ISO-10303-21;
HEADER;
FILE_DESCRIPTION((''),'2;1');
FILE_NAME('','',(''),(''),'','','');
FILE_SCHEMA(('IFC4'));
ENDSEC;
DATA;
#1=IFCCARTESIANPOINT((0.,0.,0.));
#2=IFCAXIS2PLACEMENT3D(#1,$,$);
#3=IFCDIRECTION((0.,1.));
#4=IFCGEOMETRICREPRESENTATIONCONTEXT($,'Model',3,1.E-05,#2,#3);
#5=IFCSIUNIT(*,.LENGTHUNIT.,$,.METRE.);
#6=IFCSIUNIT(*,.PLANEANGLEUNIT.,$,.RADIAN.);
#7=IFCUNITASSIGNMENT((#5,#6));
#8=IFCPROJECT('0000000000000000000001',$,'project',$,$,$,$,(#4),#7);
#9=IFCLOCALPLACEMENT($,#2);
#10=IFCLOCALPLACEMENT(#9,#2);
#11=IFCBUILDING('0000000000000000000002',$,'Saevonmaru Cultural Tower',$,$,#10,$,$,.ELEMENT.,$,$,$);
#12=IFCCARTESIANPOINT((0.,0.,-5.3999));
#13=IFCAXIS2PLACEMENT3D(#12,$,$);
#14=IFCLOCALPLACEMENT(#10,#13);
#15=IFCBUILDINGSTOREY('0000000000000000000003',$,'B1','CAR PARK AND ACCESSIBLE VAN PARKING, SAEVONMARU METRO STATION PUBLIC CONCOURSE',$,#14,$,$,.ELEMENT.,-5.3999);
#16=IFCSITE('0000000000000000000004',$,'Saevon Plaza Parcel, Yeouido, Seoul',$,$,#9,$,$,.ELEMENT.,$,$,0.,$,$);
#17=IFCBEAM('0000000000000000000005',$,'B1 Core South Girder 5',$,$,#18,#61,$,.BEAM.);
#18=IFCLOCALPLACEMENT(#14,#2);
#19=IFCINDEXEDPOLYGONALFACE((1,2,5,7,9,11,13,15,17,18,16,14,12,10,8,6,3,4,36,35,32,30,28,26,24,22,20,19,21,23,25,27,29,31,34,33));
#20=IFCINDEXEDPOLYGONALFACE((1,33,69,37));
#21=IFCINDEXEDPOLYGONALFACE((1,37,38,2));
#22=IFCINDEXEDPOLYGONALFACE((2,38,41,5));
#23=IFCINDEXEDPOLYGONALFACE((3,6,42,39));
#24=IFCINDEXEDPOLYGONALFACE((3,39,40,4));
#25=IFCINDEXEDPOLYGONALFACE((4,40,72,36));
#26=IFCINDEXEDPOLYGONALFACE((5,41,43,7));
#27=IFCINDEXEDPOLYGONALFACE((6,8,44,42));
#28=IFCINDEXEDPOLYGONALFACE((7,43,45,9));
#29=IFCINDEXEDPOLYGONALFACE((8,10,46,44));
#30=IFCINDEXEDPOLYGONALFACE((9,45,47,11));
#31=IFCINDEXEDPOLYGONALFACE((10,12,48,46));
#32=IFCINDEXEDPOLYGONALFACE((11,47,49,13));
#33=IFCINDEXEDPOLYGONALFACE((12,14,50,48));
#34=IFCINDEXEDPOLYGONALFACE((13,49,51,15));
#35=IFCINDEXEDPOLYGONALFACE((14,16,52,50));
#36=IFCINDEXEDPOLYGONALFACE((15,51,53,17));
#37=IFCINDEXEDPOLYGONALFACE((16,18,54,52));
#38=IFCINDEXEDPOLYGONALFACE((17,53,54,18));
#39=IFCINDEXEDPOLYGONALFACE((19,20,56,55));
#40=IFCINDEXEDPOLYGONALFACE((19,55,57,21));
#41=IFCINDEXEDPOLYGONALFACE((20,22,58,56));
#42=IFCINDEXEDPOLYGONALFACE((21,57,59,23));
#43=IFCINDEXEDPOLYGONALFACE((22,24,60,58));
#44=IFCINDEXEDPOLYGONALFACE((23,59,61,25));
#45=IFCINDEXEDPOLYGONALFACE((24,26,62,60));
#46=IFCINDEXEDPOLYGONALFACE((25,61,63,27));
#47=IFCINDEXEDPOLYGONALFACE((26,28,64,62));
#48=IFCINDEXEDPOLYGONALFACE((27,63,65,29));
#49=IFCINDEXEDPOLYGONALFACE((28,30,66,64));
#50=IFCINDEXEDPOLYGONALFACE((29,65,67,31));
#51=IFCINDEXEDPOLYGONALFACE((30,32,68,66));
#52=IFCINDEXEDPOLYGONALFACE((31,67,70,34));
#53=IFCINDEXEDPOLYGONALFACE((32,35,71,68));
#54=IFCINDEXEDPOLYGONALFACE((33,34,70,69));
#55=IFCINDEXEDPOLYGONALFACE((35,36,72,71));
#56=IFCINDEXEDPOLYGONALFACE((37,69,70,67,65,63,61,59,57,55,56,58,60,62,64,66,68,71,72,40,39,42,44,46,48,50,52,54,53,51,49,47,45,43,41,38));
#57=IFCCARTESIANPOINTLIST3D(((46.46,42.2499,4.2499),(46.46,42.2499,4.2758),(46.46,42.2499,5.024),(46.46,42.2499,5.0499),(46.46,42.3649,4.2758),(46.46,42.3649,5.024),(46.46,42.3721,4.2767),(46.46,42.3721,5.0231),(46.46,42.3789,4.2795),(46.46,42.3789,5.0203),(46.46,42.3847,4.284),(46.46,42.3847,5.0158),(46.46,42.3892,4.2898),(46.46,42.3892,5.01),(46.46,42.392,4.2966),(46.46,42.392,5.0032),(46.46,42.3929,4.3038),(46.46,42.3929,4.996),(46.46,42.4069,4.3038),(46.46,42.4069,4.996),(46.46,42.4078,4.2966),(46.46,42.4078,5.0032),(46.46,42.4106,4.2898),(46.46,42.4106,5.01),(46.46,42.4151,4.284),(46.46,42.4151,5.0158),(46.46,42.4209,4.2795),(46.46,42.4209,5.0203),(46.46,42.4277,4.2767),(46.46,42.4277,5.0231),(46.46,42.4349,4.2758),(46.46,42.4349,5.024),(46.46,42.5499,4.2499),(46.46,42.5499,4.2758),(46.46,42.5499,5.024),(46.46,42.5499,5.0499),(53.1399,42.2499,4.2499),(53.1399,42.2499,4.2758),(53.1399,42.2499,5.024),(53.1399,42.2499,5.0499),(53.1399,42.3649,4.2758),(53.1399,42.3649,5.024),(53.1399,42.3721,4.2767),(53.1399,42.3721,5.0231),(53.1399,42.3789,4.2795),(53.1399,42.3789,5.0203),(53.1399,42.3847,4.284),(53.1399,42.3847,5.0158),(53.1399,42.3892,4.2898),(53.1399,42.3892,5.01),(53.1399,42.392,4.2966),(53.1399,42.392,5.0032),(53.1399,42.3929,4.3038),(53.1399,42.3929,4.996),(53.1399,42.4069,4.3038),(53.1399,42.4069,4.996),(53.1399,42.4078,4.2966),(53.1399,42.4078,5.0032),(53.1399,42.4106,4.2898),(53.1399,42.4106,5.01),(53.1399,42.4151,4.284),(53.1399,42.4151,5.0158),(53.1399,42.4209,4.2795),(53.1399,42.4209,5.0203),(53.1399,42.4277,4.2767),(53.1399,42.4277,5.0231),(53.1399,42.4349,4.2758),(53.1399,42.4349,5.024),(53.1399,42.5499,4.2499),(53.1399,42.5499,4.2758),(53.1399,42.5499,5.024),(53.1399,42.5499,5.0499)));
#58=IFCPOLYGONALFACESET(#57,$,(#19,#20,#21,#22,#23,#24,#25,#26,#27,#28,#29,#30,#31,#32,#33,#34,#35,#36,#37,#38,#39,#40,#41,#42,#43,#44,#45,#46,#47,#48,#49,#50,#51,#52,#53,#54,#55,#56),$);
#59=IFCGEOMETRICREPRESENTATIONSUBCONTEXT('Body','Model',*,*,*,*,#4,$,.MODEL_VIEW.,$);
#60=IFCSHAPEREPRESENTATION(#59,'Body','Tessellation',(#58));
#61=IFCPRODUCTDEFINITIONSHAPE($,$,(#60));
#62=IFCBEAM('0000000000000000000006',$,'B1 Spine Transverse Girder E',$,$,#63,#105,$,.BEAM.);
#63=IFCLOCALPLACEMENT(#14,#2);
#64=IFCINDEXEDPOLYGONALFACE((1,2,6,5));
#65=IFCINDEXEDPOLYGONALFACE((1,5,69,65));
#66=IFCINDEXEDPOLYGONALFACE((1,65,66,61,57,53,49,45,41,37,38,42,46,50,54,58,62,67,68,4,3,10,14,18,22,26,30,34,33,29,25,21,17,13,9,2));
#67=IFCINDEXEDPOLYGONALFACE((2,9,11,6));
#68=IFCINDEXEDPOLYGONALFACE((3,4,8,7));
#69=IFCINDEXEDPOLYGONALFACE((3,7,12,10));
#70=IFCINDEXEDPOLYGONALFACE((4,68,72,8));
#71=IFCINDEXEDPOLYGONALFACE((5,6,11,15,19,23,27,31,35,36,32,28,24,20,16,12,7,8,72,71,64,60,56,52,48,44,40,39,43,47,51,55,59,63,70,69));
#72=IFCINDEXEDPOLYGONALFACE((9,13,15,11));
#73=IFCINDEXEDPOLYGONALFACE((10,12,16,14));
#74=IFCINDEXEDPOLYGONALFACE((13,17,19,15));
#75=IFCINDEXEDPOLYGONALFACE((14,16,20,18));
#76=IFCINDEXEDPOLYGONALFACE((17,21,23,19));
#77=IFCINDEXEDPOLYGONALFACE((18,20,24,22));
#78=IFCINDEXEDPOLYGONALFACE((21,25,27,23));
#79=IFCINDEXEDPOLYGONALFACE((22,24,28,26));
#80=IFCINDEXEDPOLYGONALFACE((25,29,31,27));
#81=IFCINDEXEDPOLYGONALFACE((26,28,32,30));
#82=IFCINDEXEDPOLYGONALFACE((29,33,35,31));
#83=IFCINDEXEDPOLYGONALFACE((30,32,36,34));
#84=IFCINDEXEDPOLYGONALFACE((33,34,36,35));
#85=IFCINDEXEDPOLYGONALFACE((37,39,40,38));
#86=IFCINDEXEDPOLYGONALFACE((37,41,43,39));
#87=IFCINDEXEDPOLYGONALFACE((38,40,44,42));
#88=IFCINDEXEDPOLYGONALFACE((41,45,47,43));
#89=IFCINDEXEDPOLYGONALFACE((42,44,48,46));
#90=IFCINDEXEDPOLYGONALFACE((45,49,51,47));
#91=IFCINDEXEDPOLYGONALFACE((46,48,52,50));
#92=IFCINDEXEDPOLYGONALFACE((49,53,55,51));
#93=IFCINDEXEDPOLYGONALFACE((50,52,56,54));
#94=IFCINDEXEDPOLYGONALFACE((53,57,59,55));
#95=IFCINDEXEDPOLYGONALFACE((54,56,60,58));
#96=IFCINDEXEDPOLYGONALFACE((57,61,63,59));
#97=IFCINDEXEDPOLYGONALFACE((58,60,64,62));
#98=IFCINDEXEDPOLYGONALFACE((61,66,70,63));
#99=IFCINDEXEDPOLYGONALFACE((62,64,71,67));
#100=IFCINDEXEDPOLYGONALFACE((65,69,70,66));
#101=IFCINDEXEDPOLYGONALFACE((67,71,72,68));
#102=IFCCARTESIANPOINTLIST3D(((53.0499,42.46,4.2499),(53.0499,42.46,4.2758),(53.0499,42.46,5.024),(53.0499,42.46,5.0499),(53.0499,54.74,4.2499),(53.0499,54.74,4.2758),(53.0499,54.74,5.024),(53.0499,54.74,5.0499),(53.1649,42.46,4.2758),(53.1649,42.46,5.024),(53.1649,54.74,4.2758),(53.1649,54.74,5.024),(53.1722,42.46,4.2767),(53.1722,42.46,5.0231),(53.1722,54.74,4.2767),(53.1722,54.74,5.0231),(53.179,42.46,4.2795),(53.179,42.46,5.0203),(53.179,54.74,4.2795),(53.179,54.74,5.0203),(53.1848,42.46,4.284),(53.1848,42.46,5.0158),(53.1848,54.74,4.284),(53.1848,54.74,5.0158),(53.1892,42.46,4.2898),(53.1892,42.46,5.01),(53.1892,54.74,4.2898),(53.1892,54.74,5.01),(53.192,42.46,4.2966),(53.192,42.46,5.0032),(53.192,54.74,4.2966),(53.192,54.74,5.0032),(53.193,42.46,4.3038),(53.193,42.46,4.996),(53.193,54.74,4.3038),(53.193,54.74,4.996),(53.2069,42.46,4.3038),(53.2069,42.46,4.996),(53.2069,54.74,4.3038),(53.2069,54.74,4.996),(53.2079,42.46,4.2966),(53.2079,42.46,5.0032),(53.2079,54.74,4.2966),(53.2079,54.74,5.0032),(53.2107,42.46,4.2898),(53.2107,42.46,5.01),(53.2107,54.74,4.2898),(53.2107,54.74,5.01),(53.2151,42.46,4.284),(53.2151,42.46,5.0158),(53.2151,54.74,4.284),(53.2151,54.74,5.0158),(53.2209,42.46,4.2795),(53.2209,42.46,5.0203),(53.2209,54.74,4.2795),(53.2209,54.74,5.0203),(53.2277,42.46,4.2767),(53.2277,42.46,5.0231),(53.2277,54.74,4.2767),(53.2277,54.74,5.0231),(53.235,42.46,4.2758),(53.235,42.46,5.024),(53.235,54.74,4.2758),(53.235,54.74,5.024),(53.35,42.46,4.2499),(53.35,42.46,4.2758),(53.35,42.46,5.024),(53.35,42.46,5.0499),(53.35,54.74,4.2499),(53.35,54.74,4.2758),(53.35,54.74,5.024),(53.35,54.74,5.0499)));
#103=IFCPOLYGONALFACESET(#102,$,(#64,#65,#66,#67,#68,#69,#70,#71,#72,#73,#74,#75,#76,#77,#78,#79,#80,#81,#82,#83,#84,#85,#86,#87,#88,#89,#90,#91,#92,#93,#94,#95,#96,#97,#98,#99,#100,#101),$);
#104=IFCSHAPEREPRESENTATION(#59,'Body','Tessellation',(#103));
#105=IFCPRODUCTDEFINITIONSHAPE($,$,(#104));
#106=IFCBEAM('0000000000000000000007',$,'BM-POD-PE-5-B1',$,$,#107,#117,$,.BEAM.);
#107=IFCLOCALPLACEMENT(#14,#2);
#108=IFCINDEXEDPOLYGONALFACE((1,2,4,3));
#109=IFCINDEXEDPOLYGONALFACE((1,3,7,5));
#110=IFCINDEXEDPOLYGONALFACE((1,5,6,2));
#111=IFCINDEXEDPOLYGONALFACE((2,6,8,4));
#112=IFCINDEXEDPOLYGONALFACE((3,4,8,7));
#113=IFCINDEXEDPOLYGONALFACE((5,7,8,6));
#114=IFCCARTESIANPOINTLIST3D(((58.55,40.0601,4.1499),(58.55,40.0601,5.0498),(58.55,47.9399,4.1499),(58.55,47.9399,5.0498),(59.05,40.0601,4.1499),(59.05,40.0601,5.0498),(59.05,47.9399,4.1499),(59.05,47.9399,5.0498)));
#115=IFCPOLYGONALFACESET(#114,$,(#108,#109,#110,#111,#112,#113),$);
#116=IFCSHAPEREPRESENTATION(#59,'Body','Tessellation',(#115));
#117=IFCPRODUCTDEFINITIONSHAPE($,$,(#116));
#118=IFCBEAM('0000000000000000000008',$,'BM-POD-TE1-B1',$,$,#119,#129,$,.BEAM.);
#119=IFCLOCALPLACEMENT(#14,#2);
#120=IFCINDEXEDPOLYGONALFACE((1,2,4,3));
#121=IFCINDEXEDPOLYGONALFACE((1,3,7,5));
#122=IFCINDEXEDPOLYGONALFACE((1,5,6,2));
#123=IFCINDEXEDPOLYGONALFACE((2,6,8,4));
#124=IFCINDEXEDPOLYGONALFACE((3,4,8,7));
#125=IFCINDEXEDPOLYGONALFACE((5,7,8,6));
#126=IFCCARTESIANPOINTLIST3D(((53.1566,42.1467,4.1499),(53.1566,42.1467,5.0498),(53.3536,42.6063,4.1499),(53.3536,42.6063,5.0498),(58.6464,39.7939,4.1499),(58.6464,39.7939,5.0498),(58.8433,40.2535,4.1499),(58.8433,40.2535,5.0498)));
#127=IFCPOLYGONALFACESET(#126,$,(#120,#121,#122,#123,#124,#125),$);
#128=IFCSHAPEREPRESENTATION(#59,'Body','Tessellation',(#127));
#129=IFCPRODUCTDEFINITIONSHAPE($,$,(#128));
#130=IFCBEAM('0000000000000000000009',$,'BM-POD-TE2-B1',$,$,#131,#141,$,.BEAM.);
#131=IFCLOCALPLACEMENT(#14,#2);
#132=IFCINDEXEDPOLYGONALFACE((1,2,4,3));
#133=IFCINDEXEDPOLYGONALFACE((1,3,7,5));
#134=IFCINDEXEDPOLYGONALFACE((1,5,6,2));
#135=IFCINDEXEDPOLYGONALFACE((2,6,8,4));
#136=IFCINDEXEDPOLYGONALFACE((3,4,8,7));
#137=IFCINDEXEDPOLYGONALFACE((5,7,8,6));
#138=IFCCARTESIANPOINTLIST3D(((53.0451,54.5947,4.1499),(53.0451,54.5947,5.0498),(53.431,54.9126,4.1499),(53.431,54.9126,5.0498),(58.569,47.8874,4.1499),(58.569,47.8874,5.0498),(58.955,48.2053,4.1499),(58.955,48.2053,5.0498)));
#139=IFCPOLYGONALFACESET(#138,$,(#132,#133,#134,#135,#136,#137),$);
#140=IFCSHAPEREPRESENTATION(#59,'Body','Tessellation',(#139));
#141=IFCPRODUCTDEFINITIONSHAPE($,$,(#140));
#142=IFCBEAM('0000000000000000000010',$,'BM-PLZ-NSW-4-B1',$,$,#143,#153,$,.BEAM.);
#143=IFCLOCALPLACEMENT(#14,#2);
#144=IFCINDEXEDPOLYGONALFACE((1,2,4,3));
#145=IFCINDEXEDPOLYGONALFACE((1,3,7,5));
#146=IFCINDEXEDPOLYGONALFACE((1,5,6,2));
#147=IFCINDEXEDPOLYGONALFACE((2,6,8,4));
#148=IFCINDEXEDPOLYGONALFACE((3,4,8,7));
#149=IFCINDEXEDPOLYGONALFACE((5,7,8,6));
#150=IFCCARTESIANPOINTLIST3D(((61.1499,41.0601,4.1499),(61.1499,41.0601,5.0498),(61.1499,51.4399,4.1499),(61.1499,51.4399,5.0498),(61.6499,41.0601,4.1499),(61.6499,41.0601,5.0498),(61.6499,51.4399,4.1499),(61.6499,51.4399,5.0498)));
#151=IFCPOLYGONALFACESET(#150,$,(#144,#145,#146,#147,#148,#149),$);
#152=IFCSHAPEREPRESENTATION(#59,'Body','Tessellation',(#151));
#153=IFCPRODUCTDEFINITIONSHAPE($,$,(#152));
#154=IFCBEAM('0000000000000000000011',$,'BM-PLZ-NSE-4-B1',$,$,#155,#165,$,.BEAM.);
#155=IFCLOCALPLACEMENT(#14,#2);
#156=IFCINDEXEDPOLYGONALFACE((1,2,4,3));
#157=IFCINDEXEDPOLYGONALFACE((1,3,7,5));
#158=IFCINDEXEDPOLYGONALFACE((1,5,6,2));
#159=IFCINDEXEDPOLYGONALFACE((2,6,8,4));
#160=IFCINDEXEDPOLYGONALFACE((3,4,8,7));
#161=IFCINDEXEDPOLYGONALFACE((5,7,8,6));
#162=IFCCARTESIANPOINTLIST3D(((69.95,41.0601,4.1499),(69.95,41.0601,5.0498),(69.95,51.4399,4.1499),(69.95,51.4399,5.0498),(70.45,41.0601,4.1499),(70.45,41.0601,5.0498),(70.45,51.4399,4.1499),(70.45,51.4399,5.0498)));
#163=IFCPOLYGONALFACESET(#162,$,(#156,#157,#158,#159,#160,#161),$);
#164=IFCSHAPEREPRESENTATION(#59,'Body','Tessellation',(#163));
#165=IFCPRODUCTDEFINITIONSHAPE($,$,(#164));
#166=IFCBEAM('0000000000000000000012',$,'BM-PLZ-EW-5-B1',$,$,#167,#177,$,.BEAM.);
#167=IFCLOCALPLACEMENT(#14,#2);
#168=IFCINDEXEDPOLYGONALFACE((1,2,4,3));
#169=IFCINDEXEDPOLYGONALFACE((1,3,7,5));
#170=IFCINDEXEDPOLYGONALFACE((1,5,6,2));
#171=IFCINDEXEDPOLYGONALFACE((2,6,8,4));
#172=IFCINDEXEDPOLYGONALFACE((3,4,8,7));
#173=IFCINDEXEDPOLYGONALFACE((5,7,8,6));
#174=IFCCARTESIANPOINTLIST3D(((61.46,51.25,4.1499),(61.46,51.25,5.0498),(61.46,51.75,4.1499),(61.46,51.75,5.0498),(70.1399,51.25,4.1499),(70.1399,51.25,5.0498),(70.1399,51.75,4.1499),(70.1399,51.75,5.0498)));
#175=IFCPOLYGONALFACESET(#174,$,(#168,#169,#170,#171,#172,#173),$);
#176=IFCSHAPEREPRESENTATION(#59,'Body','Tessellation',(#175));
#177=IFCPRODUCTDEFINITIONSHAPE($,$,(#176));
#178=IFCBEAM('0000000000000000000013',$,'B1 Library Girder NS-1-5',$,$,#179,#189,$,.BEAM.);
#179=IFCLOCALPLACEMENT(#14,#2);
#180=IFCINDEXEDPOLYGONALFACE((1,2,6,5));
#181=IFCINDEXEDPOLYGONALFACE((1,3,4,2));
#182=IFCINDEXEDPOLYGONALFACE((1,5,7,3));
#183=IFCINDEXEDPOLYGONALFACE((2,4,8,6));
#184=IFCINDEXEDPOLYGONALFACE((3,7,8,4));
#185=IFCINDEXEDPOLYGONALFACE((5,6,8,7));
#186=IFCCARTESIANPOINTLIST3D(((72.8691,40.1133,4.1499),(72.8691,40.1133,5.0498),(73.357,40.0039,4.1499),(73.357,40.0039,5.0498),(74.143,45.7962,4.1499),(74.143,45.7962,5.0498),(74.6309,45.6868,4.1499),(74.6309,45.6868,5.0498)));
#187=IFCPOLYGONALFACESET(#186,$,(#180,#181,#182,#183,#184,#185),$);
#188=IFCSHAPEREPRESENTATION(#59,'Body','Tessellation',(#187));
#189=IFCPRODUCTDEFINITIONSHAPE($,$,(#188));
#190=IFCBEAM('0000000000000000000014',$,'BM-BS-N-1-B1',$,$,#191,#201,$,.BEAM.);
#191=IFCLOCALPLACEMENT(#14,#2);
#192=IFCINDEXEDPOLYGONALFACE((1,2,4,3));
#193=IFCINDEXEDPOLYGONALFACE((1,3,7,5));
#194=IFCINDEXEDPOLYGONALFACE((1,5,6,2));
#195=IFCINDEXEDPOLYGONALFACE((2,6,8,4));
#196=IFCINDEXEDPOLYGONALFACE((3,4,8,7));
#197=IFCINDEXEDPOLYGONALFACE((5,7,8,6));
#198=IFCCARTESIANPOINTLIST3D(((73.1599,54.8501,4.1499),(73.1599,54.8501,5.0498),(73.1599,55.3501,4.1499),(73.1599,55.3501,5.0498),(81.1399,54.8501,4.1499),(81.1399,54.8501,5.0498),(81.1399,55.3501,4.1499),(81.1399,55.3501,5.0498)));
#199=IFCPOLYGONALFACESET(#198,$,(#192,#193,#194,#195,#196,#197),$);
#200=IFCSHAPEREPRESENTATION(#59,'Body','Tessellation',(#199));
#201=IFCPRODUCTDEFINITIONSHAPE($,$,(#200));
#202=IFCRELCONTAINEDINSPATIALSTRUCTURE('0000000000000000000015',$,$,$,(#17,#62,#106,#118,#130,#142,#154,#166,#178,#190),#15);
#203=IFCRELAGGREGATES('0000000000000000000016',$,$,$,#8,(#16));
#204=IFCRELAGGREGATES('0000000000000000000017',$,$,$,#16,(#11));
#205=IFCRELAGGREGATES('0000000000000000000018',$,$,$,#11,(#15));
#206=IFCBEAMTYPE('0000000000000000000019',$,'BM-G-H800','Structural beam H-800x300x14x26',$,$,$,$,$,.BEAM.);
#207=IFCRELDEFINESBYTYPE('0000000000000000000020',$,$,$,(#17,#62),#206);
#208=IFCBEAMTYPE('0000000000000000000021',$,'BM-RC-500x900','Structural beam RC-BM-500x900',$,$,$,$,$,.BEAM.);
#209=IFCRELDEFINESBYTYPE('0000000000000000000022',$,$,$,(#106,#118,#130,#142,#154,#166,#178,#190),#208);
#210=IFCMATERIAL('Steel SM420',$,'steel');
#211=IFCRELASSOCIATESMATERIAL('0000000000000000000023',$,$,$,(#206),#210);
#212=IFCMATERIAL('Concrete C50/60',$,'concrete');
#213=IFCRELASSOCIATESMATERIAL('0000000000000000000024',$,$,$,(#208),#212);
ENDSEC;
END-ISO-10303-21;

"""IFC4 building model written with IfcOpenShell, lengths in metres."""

from ifc_helpers import new_model, si_unit, direction, frame, origin, origin_2d, place, context, subcontext, project, spatial, rectangle, i_section, extrude, material, material_profile, profile_set, type_object, element, save


model = new_model("IFC4")

# Units and contexts
model_context = context("Model", 3, precision=1e-05, world=origin(), true_north=direction((0.0, 1.0)))
body_context = subcontext(model_context, "Body", "Model", "MODEL_VIEW")
ifc_project = project(units=[si_unit("LENGTHUNIT", "METRE"), si_unit("PLANEANGLEUNIT", "RADIAN")], contexts=[model_context])

# Site, building, storey
site_placement = place(None, origin())
site = spatial("IfcSite", under=ifc_project, at=site_placement, Name="Saevon Plaza Parcel, Yeouido, Seoul", CompositionType="ELEMENT", RefElevation=0.0)
building_placement = place(site_placement, origin())
building = spatial("IfcBuilding", under=site, at=building_placement, Name="Saevonmaru Cultural Tower", CompositionType="ELEMENT")
storey_placement = place(building_placement, frame((0.0, 0.0, -5.3999)))
storey = spatial("IfcBuildingStorey", under=building, at=storey_placement, Name="B1", Description="CAR PARK AND ACCESSIBLE VAN PARKING, SAEVONMARU METRO STATION PUBLIC CONCOURSE", CompositionType="ELEMENT", Elevation=-5.3999)

# Shared definitions
ifc_material_1 = material(Name="Concrete C50/60", Category="concrete")

# Beams
ifc_material_2 = material(Name="Steel SM420", Category="steel")
ifc_material_profile_1 = material_profile(ifc_material_2, i_section(OverallWidth=0.3, OverallDepth=0.8, WebThickness=0.0139, FlangeThickness=0.0259, FilletRadius=0.0281, at=origin_2d()), Name="H-800x300x14x26")
ifc_profile_set_1 = profile_set([ifc_material_profile_1], Name="Steel SM420")
beam_type_1 = type_object("IfcBeamType", Name="BM-G-H800", Description="Structural beam H-800x300x14x26", PredefinedType="BEAM", material=ifc_profile_set_1)
for number, where, z_axis, x_axis, name in (
    (1, (46.46, 42.3999, 4.6499), (1.0, 0.0, 0.0), (0.0, 1.0, 0.0), "B1 Core South Girder 5"),
):
    element("IfcBeam", number, at=place(storey_placement, frame(where, z_axis=z_axis, x_axis=x_axis)), inside=storey, type_object=beam_type_1, Name=name, PredefinedType="BEAM", context=body_context, shape_type="SweptSolid", body=[
        extrude(i_section(OverallWidth=0.3, OverallDepth=0.8, WebThickness=0.0139, FlangeThickness=0.0259, FilletRadius=0.0281, at=origin_2d()), origin(), (0.0, 0.0, 1.0), 6.6799),
    ])
beam_1_placement = place(storey_placement, frame((53.2, 54.74, 4.6499), z_axis=(0.0, -1.0, 0.0), x_axis=(1.0, 0.0, 0.0)))
element("IfcBeam", 2, at=beam_1_placement, inside=storey, type_object=beam_type_1, Name="B1 Spine Transverse Girder E", PredefinedType="BEAM", context=body_context, shape_type="SweptSolid", body=[
    extrude(i_section(OverallWidth=0.3, OverallDepth=0.8, WebThickness=0.0139, FlangeThickness=0.0259, FilletRadius=0.0281, at=origin_2d()), origin(), (0.0, 0.0, 1.0), 12.28),
])
ifc_material_profile_2 = material_profile(ifc_material_1, rectangle(XDim=0.5, YDim=0.8999, at=origin_2d()), Name="RC-BM-500x900")
ifc_profile_set_2 = profile_set([ifc_material_profile_2], Name="Concrete C50/60")
beam_type_2 = type_object("IfcBeamType", Name="BM-RC-500x900", Description="Structural beam RC-BM-500x900", PredefinedType="BEAM", material=ifc_profile_set_2)
beam_2_placement = place(storey_placement, frame((58.8, 40.0601, 4.5999), z_axis=(0.0, 1.0, 0.0), x_axis=(-1.0, 0.0, 0.0)))
element("IfcBeam", 3, at=beam_2_placement, inside=storey, type_object=beam_type_2, Name="BM-POD-PE-5-B1", PredefinedType="BEAM", context=body_context, shape_type="SweptSolid", body=[
    extrude(rectangle(XDim=0.5, YDim=0.8999, at=origin_2d()), origin(), (0.0, 0.0, 1.0), 7.8799),
])
beam_3_placement = place(storey_placement, frame((53.2551, 42.3765, 4.5999), z_axis=(0.919143, -0.393924, 0.0), x_axis=(0.393924, 0.919143, 0.0)))
element("IfcBeam", 4, at=beam_3_placement, inside=storey, type_object=beam_type_2, Name="BM-POD-TE1-B1", PredefinedType="BEAM", context=body_context, shape_type="SweptSolid", body=[
    extrude(rectangle(XDim=0.5, YDim=0.8999, at=origin_2d()), origin(), (0.0, 0.0, 1.0), 5.9727),
])
beam_4_placement = place(storey_placement, frame((53.238, 54.7537, 4.5999), z_axis=(0.635727, -0.771914, 0.0), x_axis=(0.771914, 0.635727, 0.0)))
element("IfcBeam", 5, at=beam_4_placement, inside=storey, type_object=beam_type_2, Name="BM-POD-TE2-B1", PredefinedType="BEAM", context=body_context, shape_type="SweptSolid", body=[
    extrude(rectangle(XDim=0.5, YDim=0.8999, at=origin_2d()), origin(), (0.0, 0.0, 1.0), 8.6892),
])
for number, where, z_axis, x_axis, name in (
    (6, (61.3999, 41.0601, 4.5999), (0.0, 1.0, 0.0), (-1.0, 0.0, 0.0), "BM-PLZ-NSW-4-B1"),
    (7, (70.2, 41.0601, 4.5999), (0.0, 1.0, 0.0), (-1.0, 0.0, 0.0), "BM-PLZ-NSE-4-B1"),
):
    element("IfcBeam", number, at=place(storey_placement, frame(where, z_axis=z_axis, x_axis=x_axis)), inside=storey, type_object=beam_type_2, Name=name, PredefinedType="BEAM", context=body_context, shape_type="SweptSolid", body=[
        extrude(rectangle(XDim=0.5, YDim=0.8999, at=origin_2d()), origin(), (0.0, 0.0, 1.0), 10.3799),
    ])
beam_5_placement = place(storey_placement, frame((61.46, 51.5, 4.5999), z_axis=(1.0, 0.0, 0.0), x_axis=(0.0, 1.0, 0.0)))
element("IfcBeam", 8, at=beam_5_placement, inside=storey, type_object=beam_type_2, Name="BM-PLZ-EW-5-B1", PredefinedType="BEAM", context=body_context, shape_type="SweptSolid", body=[
    extrude(rectangle(XDim=0.5, YDim=0.8999, at=origin_2d()), origin(), (0.0, 0.0, 1.0), 8.6799),
])
beam_6_placement = place(storey_placement, frame((73.113, 40.0586, 4.5999), z_axis=(0.218741, 0.975783, 0.0), x_axis=(-0.975783, 0.218741, 0.0)))
element("IfcBeam", 9, at=beam_6_placement, inside=storey, type_object=beam_type_2, Name="B1 Library Girder NS-1-5", PredefinedType="BEAM", context=body_context, shape_type="SweptSolid", body=[
    extrude(rectangle(XDim=0.5, YDim=0.8999, at=origin_2d()), origin(), (0.0, 0.0, 1.0), 5.824),
])
beam_7_placement = place(storey_placement, frame((73.1599, 55.1001, 4.5999), z_axis=(1.0, 0.0, 0.0), x_axis=(0.0, 1.0, 0.0)))
element("IfcBeam", 10, at=beam_7_placement, inside=storey, type_object=beam_type_2, Name="BM-BS-N-1-B1", PredefinedType="BEAM", context=body_context, shape_type="SweptSolid", body=[
    extrude(rectangle(XDim=0.5, YDim=0.8999, at=origin_2d()), origin(), (0.0, 0.0, 1.0), 7.98),
])

save(model, "model.ifc")
